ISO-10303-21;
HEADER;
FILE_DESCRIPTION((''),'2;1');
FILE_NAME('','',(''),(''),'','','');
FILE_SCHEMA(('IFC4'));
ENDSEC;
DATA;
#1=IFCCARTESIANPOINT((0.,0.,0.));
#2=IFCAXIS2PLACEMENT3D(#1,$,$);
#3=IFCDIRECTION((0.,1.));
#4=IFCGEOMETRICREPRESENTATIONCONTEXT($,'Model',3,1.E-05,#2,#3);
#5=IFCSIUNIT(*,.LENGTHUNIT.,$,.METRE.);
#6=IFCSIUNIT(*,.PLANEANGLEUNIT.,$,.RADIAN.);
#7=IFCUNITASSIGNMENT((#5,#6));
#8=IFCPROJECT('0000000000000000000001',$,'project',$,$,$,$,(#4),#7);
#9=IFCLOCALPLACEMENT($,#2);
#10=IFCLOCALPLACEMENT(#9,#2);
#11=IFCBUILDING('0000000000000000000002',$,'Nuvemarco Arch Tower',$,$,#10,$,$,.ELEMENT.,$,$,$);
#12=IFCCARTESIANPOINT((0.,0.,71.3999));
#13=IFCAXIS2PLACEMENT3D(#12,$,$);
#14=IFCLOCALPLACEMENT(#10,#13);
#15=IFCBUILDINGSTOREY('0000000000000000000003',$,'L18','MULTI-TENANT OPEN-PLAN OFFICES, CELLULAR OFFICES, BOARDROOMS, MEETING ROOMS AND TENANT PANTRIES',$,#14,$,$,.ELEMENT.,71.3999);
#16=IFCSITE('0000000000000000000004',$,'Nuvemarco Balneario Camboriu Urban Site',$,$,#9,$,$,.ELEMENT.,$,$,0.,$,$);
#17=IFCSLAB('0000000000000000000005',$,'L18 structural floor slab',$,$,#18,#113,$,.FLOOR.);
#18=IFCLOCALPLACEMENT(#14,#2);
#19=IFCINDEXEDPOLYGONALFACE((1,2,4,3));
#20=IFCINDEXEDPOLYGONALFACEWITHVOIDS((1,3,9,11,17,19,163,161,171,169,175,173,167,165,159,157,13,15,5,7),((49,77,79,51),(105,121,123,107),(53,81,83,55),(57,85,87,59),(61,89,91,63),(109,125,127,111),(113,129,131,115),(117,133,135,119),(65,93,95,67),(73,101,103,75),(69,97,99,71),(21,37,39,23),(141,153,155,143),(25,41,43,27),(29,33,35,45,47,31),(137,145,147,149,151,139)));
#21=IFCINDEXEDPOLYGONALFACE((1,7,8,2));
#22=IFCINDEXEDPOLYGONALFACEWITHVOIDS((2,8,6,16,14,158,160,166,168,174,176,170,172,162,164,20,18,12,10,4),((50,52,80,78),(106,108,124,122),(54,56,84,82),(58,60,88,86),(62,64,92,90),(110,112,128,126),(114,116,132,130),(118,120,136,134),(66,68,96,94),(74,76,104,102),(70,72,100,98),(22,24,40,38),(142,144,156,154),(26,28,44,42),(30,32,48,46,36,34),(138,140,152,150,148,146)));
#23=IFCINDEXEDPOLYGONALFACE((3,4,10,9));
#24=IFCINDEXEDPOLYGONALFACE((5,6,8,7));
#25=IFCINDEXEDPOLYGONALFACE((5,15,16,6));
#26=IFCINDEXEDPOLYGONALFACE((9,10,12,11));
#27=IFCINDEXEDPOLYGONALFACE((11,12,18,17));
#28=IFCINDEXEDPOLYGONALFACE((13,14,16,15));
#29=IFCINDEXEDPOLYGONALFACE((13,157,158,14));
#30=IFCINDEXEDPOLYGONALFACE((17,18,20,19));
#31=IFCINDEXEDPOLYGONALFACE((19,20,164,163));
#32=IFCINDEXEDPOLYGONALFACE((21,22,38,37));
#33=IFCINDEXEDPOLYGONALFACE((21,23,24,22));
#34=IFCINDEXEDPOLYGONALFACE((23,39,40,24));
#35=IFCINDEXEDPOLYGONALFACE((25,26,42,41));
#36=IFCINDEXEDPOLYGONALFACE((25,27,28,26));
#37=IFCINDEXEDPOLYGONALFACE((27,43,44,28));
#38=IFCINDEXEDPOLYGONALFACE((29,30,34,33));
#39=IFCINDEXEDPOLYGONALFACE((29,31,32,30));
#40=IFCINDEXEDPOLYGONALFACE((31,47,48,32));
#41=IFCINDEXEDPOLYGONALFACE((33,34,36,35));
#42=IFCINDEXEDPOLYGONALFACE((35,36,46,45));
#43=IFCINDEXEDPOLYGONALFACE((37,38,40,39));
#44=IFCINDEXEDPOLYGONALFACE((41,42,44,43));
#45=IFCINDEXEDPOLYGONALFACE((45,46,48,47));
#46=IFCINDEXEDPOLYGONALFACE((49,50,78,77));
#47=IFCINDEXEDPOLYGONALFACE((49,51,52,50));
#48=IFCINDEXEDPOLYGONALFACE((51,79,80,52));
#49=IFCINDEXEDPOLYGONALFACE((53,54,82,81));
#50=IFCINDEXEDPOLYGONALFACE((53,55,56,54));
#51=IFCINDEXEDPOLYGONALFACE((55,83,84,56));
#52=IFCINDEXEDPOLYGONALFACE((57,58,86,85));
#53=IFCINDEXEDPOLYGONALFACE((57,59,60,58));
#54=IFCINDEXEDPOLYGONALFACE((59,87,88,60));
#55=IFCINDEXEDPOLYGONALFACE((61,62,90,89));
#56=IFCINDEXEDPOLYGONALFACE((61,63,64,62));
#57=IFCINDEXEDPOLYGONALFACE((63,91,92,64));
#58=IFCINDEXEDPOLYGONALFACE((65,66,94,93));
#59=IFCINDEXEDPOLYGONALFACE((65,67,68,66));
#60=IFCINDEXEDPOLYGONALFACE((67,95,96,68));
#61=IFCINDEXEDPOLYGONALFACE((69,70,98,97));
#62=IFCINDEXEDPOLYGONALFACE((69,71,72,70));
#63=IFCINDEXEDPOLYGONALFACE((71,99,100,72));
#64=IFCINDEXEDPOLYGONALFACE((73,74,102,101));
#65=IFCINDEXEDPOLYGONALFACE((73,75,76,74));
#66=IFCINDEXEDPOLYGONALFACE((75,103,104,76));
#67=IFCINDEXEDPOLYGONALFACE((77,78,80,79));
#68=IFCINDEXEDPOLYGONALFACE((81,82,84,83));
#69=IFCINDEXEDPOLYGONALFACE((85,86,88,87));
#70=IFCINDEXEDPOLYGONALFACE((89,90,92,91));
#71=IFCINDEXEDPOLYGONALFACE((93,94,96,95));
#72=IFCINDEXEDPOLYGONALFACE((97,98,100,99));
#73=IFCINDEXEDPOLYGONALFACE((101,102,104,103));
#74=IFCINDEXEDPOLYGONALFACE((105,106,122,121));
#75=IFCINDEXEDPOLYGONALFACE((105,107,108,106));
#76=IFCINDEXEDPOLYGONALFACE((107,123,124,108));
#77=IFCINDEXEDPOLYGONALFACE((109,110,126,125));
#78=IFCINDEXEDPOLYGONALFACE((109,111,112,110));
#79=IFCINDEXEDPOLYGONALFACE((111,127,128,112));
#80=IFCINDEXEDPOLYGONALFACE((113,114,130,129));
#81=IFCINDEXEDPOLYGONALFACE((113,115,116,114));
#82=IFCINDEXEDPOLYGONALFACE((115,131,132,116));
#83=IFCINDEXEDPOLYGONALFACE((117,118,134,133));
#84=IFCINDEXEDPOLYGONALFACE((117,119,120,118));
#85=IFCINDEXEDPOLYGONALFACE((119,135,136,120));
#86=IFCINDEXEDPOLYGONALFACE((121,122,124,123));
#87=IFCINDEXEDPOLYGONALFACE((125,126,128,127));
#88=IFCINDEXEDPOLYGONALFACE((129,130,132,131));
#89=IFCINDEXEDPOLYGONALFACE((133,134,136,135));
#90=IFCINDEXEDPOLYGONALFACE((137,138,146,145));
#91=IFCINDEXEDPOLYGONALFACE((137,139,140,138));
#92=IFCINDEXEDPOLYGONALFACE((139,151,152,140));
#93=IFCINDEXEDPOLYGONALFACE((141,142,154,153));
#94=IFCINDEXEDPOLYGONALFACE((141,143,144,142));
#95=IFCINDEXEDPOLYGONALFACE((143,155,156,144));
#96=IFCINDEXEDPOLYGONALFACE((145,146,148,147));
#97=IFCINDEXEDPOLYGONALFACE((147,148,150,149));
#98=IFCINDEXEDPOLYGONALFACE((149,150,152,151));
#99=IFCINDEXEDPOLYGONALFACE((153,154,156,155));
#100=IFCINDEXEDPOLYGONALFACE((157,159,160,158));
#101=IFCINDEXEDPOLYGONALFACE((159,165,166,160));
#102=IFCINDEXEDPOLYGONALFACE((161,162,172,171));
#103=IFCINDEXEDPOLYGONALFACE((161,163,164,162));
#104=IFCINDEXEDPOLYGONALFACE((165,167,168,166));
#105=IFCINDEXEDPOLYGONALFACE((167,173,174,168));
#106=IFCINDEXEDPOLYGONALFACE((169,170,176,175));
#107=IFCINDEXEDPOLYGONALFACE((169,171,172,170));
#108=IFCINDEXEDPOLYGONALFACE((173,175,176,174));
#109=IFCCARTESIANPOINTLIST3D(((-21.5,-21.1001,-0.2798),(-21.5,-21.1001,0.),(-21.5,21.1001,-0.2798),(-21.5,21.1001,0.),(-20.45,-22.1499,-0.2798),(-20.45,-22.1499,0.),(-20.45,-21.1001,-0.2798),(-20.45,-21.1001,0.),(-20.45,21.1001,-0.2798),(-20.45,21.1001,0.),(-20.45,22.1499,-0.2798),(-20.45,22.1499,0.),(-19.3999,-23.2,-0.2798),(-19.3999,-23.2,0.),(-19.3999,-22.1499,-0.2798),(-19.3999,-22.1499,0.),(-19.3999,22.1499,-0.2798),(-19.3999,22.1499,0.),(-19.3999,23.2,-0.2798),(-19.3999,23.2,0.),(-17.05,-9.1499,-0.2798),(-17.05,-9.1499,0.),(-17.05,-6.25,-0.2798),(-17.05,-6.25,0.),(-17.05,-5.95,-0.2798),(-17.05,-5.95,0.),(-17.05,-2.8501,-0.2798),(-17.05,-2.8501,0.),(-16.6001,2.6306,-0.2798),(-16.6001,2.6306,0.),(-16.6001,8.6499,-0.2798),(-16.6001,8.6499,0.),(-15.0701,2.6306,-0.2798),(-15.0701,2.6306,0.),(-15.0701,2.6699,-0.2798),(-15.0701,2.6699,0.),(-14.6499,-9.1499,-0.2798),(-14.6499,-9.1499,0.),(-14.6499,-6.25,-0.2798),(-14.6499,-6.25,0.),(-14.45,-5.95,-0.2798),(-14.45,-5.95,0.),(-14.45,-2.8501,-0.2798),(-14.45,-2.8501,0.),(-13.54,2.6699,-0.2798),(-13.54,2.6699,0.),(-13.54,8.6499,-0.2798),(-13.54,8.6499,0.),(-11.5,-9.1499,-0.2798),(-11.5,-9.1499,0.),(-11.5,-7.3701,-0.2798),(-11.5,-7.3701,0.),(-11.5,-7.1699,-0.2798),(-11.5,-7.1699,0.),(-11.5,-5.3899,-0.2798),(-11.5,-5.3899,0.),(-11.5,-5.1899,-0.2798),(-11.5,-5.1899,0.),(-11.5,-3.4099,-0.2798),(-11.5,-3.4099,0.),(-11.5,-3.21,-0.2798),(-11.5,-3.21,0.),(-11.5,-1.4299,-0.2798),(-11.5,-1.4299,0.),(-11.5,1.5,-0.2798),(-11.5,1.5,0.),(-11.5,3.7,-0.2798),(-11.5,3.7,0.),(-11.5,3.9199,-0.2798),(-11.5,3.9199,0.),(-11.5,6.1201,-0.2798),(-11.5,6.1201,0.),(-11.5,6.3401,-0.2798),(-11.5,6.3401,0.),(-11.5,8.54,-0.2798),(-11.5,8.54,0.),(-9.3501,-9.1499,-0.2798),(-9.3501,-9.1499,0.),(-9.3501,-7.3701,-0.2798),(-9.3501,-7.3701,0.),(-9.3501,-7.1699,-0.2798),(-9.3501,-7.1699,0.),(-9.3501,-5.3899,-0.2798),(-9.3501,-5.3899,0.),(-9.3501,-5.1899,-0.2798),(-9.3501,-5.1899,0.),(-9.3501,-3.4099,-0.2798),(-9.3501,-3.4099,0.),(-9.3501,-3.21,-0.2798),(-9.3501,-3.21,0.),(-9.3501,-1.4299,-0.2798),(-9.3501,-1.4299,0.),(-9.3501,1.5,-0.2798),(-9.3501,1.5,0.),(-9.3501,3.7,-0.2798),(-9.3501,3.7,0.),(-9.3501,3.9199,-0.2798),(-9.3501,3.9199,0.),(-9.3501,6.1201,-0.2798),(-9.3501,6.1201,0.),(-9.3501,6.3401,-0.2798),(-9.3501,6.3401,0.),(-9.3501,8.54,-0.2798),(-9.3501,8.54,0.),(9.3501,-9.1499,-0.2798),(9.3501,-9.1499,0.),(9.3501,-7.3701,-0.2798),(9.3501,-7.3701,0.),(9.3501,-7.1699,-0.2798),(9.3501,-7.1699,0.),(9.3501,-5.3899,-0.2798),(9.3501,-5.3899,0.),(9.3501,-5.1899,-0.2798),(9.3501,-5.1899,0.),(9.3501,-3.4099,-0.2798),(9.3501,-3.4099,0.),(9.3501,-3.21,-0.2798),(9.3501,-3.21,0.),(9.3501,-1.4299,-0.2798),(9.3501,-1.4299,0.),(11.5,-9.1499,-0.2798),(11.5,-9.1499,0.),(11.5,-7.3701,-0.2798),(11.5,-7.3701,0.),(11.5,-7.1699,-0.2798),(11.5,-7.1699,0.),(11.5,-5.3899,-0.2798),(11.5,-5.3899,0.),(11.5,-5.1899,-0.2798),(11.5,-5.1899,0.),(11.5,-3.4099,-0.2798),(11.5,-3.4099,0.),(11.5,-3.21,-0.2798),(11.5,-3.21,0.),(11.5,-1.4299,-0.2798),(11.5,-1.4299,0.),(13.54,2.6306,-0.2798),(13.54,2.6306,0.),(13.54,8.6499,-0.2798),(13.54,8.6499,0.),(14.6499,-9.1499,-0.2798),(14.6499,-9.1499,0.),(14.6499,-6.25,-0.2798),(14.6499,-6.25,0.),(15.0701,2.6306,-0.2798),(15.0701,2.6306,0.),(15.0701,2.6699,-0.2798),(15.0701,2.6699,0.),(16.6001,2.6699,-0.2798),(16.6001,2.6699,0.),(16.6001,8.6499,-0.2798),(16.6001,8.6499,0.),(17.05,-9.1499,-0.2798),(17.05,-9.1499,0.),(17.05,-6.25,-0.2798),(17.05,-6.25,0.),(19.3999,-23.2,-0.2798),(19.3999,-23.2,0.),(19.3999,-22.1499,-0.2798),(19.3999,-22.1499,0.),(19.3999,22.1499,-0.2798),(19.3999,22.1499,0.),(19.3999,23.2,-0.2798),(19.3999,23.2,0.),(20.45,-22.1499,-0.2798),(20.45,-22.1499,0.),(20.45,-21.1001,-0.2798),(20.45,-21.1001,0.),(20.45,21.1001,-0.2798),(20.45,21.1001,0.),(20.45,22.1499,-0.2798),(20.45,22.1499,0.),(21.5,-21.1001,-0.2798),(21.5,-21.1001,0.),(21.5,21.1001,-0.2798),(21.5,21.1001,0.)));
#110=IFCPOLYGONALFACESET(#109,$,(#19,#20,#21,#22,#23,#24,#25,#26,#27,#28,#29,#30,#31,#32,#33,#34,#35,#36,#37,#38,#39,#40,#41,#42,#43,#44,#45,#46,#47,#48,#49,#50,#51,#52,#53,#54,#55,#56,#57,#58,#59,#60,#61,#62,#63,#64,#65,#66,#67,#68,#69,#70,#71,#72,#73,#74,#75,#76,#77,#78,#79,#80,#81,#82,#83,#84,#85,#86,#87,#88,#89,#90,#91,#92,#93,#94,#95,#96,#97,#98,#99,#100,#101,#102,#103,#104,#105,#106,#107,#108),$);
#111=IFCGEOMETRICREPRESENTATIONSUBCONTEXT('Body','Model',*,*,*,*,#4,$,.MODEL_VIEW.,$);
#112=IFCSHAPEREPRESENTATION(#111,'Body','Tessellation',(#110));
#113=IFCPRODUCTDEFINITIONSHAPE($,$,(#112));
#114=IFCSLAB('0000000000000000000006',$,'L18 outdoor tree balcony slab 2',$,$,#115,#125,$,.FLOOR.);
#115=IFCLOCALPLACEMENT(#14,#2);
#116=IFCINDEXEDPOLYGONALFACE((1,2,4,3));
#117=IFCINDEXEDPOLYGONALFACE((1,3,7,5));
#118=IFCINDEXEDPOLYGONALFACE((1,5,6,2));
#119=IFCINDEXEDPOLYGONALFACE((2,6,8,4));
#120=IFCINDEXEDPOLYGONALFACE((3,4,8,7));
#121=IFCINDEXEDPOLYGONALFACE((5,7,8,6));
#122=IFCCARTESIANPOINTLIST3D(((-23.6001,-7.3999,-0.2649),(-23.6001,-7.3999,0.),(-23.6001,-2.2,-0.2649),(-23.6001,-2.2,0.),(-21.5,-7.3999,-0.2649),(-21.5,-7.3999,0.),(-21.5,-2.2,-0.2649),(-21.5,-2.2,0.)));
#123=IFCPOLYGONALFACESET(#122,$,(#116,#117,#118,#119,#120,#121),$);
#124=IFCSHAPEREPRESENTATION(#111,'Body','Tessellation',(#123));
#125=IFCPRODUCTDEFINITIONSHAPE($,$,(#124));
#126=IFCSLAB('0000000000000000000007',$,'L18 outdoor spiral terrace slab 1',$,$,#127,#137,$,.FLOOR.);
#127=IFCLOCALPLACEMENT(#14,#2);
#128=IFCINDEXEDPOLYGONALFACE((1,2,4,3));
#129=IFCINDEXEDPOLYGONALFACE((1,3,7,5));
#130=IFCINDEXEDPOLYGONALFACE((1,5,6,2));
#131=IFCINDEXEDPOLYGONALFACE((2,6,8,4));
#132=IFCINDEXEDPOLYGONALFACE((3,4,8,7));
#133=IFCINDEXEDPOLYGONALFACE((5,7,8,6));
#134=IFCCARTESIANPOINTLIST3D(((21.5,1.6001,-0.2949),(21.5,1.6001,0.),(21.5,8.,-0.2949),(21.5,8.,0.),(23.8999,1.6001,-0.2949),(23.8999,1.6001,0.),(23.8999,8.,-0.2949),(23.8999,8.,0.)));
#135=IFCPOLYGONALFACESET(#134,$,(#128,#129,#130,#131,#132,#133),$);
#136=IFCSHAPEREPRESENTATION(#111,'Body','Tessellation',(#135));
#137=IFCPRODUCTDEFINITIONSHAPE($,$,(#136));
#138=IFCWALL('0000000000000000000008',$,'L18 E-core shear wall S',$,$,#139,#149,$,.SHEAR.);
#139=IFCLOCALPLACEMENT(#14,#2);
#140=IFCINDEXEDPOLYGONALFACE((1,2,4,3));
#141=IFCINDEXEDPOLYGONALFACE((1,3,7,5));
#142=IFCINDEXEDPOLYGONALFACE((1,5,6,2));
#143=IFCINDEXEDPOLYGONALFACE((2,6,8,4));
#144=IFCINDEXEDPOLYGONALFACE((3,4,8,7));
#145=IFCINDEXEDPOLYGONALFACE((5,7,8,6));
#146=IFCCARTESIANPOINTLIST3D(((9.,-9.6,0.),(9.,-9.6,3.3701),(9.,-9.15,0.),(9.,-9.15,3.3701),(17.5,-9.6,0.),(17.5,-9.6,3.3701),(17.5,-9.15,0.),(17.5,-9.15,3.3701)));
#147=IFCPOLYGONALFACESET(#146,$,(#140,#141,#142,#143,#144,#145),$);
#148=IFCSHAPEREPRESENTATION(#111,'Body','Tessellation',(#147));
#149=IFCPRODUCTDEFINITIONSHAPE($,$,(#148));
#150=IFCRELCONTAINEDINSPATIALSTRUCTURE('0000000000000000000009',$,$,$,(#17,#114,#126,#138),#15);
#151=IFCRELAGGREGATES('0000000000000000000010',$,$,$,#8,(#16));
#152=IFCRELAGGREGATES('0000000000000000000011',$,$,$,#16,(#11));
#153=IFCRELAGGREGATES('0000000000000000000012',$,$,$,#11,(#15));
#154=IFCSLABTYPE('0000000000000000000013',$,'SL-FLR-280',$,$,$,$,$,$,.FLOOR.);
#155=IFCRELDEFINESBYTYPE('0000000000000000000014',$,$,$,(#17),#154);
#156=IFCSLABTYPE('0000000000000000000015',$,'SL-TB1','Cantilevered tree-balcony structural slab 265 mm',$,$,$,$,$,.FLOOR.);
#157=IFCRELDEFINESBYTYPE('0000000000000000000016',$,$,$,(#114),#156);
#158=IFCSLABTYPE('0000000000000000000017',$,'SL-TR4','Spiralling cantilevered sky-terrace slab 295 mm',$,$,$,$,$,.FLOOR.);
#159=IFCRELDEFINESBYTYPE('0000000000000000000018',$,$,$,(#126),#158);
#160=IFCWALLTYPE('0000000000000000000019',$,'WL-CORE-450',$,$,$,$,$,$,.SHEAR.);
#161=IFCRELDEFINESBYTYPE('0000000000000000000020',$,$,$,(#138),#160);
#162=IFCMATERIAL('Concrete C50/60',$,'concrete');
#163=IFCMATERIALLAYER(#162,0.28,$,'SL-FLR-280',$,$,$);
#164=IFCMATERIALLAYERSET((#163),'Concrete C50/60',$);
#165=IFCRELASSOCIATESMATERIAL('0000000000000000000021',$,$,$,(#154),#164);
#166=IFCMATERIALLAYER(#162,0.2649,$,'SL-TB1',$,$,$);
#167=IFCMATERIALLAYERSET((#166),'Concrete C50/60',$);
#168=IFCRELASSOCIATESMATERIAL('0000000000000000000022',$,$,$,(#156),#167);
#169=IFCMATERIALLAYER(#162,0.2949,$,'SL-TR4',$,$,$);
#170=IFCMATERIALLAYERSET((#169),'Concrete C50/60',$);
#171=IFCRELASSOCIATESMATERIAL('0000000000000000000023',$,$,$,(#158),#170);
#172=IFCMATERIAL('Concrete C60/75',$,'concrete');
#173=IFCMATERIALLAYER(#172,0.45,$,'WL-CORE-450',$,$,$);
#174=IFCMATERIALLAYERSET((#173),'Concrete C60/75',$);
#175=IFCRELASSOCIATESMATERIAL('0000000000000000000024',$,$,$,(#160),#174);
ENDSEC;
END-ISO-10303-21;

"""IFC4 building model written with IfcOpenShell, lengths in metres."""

from ifc_helpers import new_model, si_unit, direction, frame, frame_2d, origin, place, context, subcontext, project, spatial, polyline, rectangle, outline, extrude, material, layer, layer_set, type_object, element, save


model = new_model("IFC4")

# Units and contexts
model_context = context("Model", 3, precision=1e-05, world=origin(), true_north=direction((0.0, 1.0)))
body_context = subcontext(model_context, "Body", "Model", "MODEL_VIEW")
ifc_project = project(units=[si_unit("LENGTHUNIT", "METRE"), si_unit("PLANEANGLEUNIT", "RADIAN")], contexts=[model_context])

# Site, building, storey
site_placement = place(None, origin())
site = spatial("IfcSite", under=ifc_project, at=site_placement, Name="Nuvemarco Balneario Camboriu Urban Site", CompositionType="ELEMENT", RefElevation=0.0)
building_placement = place(site_placement, origin())
building = spatial("IfcBuilding", under=site, at=building_placement, Name="Nuvemarco Arch Tower", CompositionType="ELEMENT")
storey_placement = place(building_placement, frame((0.0, 0.0, 71.3999)))
storey = spatial("IfcBuildingStorey", under=building, at=storey_placement, Name="L18", Description="MULTI-TENANT OPEN-PLAN OFFICES, CELLULAR OFFICES, BOARDROOMS, MEETING ROOMS AND TENANT PANTRIES", CompositionType="ELEMENT", Elevation=71.3999)

# Shared definitions
ifc_material_1 = material(Name="Concrete C60/75", Category="concrete")

# Slabs
ifc_material_2 = material(Name="Concrete C50/60", Category="concrete")
ifc_layer_1 = layer(ifc_material_2, 0.28, Name="SL-FLR-280")
ifc_layer_set_1 = layer_set([ifc_layer_1], Name="Concrete C50/60")
slab_type_1 = type_object("IfcSlabType", Name="SL-FLR-280", PredefinedType="FLOOR", material=ifc_layer_set_1)
slab_1_placement = place(storey_placement, frame((0.0, 0.0, -0.2798)))
element("IfcSlab", 1, at=slab_1_placement, inside=storey, type_object=slab_type_1, Name="L18 structural floor slab", PredefinedType="FLOOR", context=body_context, shape_type="SweptSolid", body=[
    extrude(outline(polyline([(-19.3999, -23.2), (19.3999, -23.2), (19.3999, -22.1499), (20.45, -22.1499), (20.45, -21.1001), (21.5, -21.1001), (21.5, 21.1001), (20.45, 21.1001), (20.45, 22.1499), (19.3999, 22.1499), (19.3999, 23.2), (-19.3999, 23.2), (-19.3999, 22.1499), (-20.45, 22.1499), (-20.45, 21.1001), (-21.5, 21.1001), (-21.5, -21.1001), (-20.45, -21.1001), (-20.45, -22.1499), (-19.3999, -22.1499), (-19.3999, -23.2)]), holes=[polyline([(-13.54, 2.6699), (-13.54, 8.6499), (-16.6001, 8.6499), (-16.6001, 2.6306), (-15.0701, 2.6306), (-15.0701, 2.6699), (-13.54, 2.6699)]), polyline([(16.6001, 2.6699), (16.6001, 8.6499), (13.54, 8.6499), (13.54, 2.6306), (15.0701, 2.6306), (15.0701, 2.6699), (16.6001, 2.6699)]), polyline([(-17.05, -9.1499), (-14.6499, -9.1499), (-14.6499, -6.25), (-17.05, -6.25), (-17.05, -9.1499)]), polyline([(-17.05, -5.95), (-14.45, -5.95), (-14.45, -2.8501), (-17.05, -2.8501), (-17.05, -5.95)]), polyline([(-11.5, -9.1499), (-9.3501, -9.1499), (-9.3501, -7.3701), (-11.5, -7.3701), (-11.5, -9.1499)]), polyline([(-11.5, -7.1699), (-9.3501, -7.1699), (-9.3501, -5.3899), (-11.5, -5.3899), (-11.5, -7.1699)]), polyline([(-11.5, -5.1899), (-9.3501, -5.1899), (-9.3501, -3.4099), (-11.5, -3.4099), (-11.5, -5.1899)]), polyline([(-11.5, -3.21), (-9.3501, -3.21), (-9.3501, -1.4299), (-11.5, -1.4299), (-11.5, -3.21)]), polyline([(-11.5, 1.5), (-9.3501, 1.5), (-9.3501, 3.7), (-11.5, 3.7), (-11.5, 1.5)]), polyline([(-11.5, 3.9199), (-9.3501, 3.9199), (-9.3501, 6.1201), (-11.5, 6.1201), (-11.5, 3.9199)]), polyline([(-11.5, 6.3401), (-9.3501, 6.3401), (-9.3501, 8.54), (-11.5, 8.54), (-11.5, 6.3401)]), polyline([(14.6499, -9.1499), (17.05, -9.1499), (17.05, -6.25), (14.6499, -6.25), (14.6499, -9.1499)]), polyline([(9.3501, -9.1499), (11.5, -9.1499), (11.5, -7.3701), (9.3501, -7.3701), (9.3501, -9.1499)]), polyline([(9.3501, -7.1699), (11.5, -7.1699), (11.5, -5.3899), (9.3501, -5.3899), (9.3501, -7.1699)]), polyline([(9.3501, -5.1899), (11.5, -5.1899), (11.5, -3.4099), (9.3501, -3.4099), (9.3501, -5.1899)]), polyline([(9.3501, -3.21), (11.5, -3.21), (11.5, -1.4299), (9.3501, -1.4299), (9.3501, -3.21)])]), origin(), (0.0, 0.0, 1.0), 0.2798),
])
ifc_layer_2 = layer(ifc_material_2, 0.2649, Name="SL-TB1")
ifc_layer_set_2 = layer_set([ifc_layer_2], Name="Concrete C50/60")
slab_type_2 = type_object("IfcSlabType", Name="SL-TB1", Description="Cantilevered tree-balcony structural slab 265 mm", PredefinedType="FLOOR", material=ifc_layer_set_2)
slab_2_placement = place(storey_placement, frame((0.0, 0.0, -0.2649)))
element("IfcSlab", 2, at=slab_2_placement, inside=storey, type_object=slab_type_2, Name="L18 outdoor tree balcony slab 2", PredefinedType="FLOOR", context=body_context, shape_type="SweptSolid", body=[
    extrude(outline(polyline([(-23.6001, -7.3999), (-21.5, -7.3999), (-21.5, -2.2), (-23.6001, -2.2), (-23.6001, -7.3999)])), origin(), (0.0, 0.0, 1.0), 0.2649),
])
ifc_layer_3 = layer(ifc_material_2, 0.2949, Name="SL-TR4")
ifc_layer_set_3 = layer_set([ifc_layer_3], Name="Concrete C50/60")
slab_type_3 = type_object("IfcSlabType", Name="SL-TR4", Description="Spiralling cantilevered sky-terrace slab 295 mm", PredefinedType="FLOOR", material=ifc_layer_set_3)
slab_3_placement = place(storey_placement, frame((0.0, 0.0, -0.2949)))
element("IfcSlab", 3, at=slab_3_placement, inside=storey, type_object=slab_type_3, Name="L18 outdoor spiral terrace slab 1", PredefinedType="FLOOR", context=body_context, shape_type="SweptSolid", body=[
    extrude(outline(polyline([(21.5, 1.6001), (23.8999, 1.6001), (23.8999, 8.0), (21.5, 8.0), (21.5, 1.6001)])), origin(), (0.0, 0.0, 1.0), 0.2949),
])

# Wall
ifc_layer_4 = layer(ifc_material_1, 0.45, Name="WL-CORE-450")
ifc_layer_set_4 = layer_set([ifc_layer_4], Name="Concrete C60/75")
wall_type_1 = type_object("IfcWallType", Name="WL-CORE-450", PredefinedType="SHEAR", material=ifc_layer_set_4)
wall_1_placement = place(storey_placement, frame((9.0, -9.375, 0.0), z_axis=(0.0, 0.0, 1.0), x_axis=(1.0, 0.0, 0.0)))
element("IfcWall", 4, at=wall_1_placement, inside=storey, type_object=wall_type_1, Name="L18 E-core shear wall S", PredefinedType="SHEAR", context=body_context, shape_type="SweptSolid", body=[
    extrude(rectangle(XDim=8.5, YDim=0.45, at=frame_2d((4.25, 0.0))), origin(), (0.0, 0.0, 1.0), 3.3701),
])

save(model, "model.ifc")
